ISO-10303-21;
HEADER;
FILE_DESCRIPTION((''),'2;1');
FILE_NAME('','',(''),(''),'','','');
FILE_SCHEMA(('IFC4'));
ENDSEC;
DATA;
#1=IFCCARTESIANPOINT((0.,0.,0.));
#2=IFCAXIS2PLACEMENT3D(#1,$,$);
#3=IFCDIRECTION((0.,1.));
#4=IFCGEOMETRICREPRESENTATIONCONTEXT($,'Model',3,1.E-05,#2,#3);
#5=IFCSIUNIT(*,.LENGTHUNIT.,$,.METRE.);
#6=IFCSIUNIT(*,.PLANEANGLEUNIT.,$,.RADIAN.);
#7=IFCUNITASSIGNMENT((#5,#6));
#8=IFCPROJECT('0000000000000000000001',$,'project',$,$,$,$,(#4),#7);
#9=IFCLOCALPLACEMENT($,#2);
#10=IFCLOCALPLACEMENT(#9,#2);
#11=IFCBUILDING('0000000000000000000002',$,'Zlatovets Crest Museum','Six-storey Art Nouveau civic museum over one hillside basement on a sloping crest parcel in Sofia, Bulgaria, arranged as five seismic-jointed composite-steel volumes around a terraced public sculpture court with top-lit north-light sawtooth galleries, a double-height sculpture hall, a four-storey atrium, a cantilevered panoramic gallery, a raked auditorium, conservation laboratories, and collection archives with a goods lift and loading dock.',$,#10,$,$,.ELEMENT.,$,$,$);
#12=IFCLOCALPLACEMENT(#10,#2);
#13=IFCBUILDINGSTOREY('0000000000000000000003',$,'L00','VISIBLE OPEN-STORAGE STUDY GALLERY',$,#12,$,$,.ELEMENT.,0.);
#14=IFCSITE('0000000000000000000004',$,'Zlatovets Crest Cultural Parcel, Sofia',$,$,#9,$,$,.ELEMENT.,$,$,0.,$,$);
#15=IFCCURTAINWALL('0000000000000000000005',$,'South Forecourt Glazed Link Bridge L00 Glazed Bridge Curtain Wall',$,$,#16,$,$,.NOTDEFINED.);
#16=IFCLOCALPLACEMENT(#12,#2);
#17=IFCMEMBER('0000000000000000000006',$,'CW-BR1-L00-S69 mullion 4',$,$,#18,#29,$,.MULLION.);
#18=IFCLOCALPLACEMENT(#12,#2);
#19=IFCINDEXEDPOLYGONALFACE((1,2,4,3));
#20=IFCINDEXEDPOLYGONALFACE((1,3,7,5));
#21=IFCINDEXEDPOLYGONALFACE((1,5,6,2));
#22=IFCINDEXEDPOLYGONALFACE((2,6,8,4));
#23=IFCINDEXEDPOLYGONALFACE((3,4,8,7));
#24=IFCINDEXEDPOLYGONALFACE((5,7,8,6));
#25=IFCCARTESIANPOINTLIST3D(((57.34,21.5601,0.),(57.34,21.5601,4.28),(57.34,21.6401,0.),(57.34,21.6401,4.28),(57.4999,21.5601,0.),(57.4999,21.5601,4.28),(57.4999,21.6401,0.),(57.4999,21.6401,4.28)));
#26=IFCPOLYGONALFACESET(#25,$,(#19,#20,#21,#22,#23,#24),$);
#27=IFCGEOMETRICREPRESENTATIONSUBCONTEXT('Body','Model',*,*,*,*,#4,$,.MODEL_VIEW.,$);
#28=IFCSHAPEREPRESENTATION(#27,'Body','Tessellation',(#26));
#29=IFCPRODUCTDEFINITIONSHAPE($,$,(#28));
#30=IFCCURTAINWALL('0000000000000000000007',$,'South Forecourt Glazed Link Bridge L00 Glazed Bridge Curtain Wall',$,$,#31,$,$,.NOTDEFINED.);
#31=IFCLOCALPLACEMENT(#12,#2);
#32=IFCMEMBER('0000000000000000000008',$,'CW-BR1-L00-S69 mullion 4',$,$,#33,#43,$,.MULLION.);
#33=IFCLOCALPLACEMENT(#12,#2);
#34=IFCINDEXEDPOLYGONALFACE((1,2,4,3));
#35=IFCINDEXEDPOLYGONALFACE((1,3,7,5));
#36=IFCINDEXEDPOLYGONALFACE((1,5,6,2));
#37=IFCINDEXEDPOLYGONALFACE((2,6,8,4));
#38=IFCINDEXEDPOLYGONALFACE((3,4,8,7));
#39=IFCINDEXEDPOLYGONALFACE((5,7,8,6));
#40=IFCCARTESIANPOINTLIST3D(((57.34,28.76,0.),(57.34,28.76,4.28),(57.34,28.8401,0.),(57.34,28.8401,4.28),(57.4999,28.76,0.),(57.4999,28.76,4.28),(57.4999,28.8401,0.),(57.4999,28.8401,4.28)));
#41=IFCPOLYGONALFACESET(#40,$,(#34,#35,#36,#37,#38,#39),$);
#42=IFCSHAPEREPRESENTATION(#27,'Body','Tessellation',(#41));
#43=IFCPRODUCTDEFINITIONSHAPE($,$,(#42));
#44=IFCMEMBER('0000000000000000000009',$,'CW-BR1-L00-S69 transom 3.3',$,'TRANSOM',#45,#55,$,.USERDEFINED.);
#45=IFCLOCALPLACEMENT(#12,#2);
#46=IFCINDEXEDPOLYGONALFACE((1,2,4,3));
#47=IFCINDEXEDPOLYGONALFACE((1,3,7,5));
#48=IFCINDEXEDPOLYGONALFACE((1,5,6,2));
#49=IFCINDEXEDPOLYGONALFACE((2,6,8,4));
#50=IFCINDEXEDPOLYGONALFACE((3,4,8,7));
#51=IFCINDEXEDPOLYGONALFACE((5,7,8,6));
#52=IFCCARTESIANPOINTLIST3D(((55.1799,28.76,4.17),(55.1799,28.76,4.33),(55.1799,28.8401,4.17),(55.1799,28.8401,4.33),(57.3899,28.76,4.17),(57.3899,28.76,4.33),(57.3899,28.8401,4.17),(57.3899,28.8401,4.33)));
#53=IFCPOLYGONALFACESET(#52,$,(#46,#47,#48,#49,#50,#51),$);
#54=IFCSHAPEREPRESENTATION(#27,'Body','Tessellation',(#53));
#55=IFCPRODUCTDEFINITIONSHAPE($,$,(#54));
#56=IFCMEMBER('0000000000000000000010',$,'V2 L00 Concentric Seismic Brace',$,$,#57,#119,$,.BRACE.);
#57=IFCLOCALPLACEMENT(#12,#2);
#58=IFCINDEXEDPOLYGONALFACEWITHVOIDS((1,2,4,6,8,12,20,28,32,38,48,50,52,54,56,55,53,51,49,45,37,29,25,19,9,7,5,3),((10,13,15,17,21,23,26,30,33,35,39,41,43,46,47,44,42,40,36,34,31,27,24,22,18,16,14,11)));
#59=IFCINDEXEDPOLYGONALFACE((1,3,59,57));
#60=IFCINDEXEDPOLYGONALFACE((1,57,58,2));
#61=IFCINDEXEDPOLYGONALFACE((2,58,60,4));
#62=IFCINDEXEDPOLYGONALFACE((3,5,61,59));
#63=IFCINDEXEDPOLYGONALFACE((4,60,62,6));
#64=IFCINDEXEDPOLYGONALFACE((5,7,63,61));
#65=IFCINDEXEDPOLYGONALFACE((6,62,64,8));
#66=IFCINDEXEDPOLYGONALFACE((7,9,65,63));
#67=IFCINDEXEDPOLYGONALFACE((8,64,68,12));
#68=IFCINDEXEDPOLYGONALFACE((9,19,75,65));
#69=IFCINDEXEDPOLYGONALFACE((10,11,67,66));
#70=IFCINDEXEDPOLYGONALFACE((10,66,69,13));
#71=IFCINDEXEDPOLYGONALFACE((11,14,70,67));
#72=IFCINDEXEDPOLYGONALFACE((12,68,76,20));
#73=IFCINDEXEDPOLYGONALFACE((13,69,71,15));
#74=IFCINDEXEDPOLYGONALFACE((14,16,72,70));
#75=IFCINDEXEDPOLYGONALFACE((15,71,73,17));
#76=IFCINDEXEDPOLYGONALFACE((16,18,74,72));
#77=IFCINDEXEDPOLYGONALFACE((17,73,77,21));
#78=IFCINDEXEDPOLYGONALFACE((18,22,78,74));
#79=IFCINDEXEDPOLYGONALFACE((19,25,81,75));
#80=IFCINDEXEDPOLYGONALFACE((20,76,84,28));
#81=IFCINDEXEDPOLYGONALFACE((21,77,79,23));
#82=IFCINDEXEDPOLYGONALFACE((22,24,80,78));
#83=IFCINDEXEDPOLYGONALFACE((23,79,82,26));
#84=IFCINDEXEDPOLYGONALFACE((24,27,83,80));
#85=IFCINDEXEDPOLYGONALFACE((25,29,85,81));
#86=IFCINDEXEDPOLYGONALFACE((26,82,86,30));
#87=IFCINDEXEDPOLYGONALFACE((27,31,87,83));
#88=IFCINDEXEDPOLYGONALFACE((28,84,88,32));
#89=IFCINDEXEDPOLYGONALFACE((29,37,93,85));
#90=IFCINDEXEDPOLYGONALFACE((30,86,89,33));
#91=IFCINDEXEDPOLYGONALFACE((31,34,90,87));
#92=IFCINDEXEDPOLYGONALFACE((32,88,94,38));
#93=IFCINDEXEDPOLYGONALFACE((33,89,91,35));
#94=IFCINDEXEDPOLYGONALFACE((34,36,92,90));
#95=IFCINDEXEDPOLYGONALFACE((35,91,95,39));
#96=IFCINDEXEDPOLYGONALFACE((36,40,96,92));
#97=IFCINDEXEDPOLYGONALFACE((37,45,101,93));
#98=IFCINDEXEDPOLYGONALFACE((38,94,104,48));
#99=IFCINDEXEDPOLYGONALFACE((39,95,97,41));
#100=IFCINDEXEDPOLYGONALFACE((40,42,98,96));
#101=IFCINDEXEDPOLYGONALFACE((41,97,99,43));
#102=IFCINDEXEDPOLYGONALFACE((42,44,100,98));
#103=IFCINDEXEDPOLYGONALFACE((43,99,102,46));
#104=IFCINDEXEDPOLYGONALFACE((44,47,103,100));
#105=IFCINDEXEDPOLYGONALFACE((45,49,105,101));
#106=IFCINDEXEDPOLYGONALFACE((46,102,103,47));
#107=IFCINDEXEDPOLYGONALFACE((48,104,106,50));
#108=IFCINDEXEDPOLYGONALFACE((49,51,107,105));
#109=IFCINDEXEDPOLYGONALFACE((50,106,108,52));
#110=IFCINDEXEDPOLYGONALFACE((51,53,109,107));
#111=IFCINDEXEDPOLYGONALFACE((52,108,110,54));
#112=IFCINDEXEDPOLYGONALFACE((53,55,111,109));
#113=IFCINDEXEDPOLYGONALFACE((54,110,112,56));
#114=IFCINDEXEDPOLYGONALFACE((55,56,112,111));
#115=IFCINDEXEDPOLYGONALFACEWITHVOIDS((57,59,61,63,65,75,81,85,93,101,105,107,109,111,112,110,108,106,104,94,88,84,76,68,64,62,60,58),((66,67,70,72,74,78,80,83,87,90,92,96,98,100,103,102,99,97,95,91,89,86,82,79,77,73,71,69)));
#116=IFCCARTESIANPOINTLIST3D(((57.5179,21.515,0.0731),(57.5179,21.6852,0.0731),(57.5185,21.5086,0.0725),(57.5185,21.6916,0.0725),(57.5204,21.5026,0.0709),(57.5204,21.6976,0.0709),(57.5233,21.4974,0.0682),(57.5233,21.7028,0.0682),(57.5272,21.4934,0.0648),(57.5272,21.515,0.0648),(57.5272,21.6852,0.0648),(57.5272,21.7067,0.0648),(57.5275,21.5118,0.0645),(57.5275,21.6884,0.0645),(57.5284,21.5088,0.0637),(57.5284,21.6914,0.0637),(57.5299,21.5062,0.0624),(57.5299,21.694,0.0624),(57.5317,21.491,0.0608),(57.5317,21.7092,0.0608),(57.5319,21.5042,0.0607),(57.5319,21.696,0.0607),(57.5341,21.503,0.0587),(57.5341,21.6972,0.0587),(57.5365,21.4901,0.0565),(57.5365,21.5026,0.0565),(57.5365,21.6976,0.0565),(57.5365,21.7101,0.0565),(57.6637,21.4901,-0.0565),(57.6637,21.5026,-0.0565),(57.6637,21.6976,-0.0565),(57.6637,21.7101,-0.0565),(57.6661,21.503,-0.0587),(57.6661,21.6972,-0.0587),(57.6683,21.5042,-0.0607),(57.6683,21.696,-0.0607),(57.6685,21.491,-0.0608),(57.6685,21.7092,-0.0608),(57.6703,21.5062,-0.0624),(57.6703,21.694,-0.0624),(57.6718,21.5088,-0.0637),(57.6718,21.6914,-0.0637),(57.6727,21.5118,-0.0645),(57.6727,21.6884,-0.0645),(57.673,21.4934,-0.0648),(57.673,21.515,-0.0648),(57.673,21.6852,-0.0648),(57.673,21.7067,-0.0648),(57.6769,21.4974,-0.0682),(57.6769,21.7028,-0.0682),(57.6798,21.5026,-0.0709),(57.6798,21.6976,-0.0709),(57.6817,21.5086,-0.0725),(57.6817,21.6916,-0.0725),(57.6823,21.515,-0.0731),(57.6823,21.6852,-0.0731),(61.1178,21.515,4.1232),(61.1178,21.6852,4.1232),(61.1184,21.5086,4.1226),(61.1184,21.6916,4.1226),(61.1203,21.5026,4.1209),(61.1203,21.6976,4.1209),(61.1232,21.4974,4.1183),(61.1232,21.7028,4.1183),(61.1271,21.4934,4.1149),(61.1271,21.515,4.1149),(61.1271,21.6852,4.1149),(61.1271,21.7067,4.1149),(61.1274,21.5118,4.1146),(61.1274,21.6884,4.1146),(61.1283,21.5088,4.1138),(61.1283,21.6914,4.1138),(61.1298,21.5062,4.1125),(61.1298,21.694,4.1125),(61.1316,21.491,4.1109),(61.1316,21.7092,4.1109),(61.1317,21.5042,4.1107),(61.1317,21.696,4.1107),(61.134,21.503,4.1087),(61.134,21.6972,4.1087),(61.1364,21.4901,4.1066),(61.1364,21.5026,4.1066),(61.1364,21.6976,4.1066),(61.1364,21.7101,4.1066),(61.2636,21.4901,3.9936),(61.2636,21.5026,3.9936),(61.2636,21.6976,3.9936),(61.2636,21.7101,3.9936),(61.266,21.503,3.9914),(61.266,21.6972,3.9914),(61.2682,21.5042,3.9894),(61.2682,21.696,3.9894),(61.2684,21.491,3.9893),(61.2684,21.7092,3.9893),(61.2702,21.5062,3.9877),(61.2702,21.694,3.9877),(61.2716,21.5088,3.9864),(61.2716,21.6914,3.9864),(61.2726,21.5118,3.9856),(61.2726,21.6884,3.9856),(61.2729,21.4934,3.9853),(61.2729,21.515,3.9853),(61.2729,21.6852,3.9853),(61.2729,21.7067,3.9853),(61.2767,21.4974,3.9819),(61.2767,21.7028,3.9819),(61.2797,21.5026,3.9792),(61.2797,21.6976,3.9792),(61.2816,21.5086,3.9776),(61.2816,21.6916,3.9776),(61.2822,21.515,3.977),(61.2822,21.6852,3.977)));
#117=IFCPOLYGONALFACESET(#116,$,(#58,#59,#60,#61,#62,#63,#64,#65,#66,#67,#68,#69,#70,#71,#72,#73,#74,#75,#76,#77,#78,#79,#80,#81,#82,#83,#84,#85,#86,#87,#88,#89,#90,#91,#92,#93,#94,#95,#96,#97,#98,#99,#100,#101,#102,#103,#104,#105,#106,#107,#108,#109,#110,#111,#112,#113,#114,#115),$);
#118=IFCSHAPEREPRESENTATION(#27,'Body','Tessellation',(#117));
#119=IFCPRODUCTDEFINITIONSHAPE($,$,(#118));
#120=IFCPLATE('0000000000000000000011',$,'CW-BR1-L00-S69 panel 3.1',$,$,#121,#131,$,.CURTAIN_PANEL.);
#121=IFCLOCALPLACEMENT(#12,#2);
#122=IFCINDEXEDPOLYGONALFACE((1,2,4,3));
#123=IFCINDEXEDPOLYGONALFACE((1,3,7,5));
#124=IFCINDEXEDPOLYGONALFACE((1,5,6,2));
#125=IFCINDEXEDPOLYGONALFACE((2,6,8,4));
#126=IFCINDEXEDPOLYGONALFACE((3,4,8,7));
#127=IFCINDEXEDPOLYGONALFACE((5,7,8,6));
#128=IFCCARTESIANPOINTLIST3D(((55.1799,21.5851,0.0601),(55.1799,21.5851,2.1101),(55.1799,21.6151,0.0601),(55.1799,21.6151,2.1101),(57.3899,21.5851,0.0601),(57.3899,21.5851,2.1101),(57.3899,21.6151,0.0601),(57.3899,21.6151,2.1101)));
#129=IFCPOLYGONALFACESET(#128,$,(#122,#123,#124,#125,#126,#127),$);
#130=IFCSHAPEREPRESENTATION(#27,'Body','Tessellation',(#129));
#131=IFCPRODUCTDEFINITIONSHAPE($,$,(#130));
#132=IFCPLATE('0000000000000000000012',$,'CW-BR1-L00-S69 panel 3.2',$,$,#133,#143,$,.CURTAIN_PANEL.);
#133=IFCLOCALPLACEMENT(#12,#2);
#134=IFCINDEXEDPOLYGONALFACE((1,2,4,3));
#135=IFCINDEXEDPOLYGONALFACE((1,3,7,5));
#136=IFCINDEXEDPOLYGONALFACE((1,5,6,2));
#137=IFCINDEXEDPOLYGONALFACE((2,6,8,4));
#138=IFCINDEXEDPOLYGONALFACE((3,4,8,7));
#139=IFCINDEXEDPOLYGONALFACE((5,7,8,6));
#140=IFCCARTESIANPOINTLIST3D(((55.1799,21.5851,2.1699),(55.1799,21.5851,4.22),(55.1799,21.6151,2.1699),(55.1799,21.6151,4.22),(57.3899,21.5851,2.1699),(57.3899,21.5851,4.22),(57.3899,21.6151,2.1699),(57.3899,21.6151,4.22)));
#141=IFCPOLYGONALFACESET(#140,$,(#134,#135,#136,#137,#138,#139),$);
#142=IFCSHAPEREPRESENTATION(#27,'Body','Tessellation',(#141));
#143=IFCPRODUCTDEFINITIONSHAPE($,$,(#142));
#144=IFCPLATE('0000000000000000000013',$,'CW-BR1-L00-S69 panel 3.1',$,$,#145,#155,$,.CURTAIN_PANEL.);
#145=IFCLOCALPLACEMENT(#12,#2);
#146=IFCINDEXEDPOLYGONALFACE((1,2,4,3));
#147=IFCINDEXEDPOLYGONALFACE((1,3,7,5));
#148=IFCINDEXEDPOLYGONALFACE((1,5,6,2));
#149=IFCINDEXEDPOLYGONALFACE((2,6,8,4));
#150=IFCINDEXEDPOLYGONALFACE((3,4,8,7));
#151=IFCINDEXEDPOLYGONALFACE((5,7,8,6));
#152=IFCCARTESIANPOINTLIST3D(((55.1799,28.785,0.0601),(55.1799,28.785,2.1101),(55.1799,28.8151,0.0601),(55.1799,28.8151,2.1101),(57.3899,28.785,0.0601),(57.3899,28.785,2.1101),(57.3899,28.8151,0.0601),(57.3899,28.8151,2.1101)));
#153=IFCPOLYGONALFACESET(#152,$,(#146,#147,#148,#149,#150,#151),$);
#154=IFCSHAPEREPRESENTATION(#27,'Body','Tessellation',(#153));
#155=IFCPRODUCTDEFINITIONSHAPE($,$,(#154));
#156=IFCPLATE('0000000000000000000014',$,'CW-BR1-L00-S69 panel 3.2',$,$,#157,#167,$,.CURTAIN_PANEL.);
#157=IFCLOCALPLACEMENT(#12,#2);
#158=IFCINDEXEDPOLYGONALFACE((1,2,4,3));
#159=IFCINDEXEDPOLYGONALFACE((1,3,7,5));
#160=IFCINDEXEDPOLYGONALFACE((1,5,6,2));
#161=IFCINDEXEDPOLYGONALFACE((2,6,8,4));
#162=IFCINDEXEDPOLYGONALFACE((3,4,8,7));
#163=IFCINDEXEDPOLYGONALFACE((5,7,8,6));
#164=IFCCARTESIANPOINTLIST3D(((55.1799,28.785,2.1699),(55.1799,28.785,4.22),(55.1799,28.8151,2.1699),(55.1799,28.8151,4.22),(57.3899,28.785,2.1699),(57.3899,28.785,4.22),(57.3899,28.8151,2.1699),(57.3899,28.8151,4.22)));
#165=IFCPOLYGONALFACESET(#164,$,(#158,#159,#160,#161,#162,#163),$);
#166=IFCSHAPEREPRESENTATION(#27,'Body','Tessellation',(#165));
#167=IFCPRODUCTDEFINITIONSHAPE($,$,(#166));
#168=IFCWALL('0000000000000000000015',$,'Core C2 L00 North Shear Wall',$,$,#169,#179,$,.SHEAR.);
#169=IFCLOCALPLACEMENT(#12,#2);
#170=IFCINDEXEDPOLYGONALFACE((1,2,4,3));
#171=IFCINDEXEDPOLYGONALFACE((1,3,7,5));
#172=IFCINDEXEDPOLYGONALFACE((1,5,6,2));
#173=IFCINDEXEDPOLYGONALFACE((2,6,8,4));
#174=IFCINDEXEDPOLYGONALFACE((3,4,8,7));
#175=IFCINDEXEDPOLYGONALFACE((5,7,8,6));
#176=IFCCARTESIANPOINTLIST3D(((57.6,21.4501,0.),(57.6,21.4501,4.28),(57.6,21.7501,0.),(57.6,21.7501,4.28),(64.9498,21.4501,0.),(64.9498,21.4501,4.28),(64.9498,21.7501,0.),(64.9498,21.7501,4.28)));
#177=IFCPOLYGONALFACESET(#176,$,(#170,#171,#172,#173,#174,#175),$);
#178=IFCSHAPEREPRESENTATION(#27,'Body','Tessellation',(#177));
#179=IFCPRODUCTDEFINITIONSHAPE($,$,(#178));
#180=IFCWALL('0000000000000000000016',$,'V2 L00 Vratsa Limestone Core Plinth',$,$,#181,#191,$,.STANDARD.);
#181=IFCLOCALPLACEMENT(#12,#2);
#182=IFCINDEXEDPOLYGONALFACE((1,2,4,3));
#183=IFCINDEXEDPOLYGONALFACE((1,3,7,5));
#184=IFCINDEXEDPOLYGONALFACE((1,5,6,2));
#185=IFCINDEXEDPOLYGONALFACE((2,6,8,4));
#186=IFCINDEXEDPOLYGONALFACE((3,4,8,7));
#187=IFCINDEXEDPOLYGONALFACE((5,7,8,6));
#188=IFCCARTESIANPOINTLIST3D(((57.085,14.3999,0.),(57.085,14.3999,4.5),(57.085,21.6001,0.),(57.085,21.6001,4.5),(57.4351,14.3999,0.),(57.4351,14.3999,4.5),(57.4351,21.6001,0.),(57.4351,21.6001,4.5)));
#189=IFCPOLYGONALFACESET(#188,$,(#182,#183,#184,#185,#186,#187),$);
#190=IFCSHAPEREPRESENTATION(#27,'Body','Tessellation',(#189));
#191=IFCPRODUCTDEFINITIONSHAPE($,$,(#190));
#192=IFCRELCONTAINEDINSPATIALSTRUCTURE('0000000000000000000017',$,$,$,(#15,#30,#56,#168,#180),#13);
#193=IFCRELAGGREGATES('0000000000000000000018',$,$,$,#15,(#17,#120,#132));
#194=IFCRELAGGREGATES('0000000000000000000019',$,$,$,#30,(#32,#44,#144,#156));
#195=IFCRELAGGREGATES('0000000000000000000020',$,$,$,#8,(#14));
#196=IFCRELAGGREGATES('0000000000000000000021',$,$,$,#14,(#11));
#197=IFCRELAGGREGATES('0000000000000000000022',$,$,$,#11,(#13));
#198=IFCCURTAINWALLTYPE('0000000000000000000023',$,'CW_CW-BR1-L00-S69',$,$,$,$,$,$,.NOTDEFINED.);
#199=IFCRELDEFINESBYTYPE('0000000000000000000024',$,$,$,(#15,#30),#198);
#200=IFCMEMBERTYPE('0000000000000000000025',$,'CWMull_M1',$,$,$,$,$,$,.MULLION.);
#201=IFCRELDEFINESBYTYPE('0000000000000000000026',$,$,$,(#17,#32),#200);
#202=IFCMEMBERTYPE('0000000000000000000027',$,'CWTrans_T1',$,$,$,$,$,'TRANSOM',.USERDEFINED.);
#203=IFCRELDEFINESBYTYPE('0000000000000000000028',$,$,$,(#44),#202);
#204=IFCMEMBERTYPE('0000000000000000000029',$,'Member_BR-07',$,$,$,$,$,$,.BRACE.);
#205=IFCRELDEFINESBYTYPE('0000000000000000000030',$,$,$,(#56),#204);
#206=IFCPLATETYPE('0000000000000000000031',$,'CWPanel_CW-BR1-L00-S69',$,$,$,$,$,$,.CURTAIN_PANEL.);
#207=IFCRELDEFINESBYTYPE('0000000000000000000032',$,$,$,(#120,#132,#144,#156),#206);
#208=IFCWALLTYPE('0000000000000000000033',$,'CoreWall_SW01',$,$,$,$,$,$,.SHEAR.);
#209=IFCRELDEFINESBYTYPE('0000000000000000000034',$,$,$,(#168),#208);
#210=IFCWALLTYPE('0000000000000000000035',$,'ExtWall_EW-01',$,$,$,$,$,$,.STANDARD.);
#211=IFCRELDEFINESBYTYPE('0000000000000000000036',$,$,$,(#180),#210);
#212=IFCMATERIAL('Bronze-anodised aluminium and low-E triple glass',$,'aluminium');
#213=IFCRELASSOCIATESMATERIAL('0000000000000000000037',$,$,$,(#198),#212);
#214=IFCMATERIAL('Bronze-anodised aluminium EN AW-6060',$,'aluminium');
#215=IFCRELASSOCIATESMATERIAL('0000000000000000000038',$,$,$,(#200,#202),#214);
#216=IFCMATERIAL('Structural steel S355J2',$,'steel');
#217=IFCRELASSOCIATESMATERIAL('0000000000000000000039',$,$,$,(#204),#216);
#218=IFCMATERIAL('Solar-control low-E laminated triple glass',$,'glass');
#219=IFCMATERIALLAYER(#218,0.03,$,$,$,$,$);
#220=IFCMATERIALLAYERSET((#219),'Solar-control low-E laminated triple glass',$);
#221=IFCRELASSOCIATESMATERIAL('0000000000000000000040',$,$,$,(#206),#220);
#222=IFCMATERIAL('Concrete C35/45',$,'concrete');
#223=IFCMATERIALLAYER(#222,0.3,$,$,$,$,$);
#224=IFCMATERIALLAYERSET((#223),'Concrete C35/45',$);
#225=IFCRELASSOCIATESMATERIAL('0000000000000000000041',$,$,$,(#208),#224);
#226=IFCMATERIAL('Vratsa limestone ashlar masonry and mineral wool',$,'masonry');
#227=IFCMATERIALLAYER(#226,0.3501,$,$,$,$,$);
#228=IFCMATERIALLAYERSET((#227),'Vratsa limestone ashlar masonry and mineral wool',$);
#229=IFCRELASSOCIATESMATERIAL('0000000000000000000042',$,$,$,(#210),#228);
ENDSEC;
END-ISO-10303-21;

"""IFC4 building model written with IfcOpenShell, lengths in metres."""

from ifc_helpers import new_model, si_unit, direction, frame, frame_2d, origin, origin_2d, place, context, subcontext, project, spatial, rectangle, hollow_rectangle, extrude, material, layer, layer_set, material_profile, profile_set, type_object, element, aggregate, save


model = new_model("IFC4")

# Units and contexts
model_context = context("Model", 3, precision=1e-05, world=origin(), true_north=direction((0.0, 1.0)))
body_context = subcontext(model_context, "Body", "Model", "MODEL_VIEW")
ifc_project = project(units=[si_unit("LENGTHUNIT", "METRE"), si_unit("PLANEANGLEUNIT", "RADIAN")], contexts=[model_context])

# Site, building, storey
site_placement = place(None, origin())
site = spatial("IfcSite", under=ifc_project, at=site_placement, Name="Zlatovets Crest Cultural Parcel, Sofia", CompositionType="ELEMENT", RefElevation=0.0)
building_placement = place(site_placement, origin())
building = spatial("IfcBuilding", under=site, at=building_placement, Name="Zlatovets Crest Museum", Description="Six-storey Art Nouveau civic museum over one hillside basement on a sloping crest parcel in Sofia, Bulgaria, arranged as five seismic-jointed composite-steel volumes around a terraced public sculpture court with top-lit north-light sawtooth galleries, a double-height sculpture hall, a four-storey atrium, a cantilevered panoramic gallery, a raked auditorium, conservation laboratories, and collection archives with a goods lift and loading dock.", CompositionType="ELEMENT")
storey_placement = place(building_placement, origin())
storey = spatial("IfcBuildingStorey", under=building, at=storey_placement, Name="L00", Description="VISIBLE OPEN-STORAGE STUDY GALLERY", CompositionType="ELEMENT", Elevation=0.0)

# Shared definitions
ifc_material_1 = material(Name="Structural steel S355J2", Category="steel")

# Curtain wall, member
ifc_material_2 = material(Name="Bronze-anodised aluminium and low-E triple glass", Category="aluminium")
curtain_wall_type = type_object("IfcCurtainWallType", Name="CW_CW-BR1-L00-S69", PredefinedType="NOTDEFINED", material=ifc_material_2)
curtain_wall_1_placement = place(storey_placement, origin())
curtain_wall_1 = element("IfcCurtainWall", 1, at=curtain_wall_1_placement, inside=storey, type_object=curtain_wall_type, Name="South Forecourt Glazed Link Bridge L00 Glazed Bridge Curtain Wall", PredefinedType="NOTDEFINED")
ifc_material_3 = material(Name="Bronze-anodised aluminium EN AW-6060", Category="aluminium")
ifc_material_profile_1 = material_profile(ifc_material_3, rectangle(XDim=0.0801, YDim=0.1599, at=origin_2d()), Name="ALU 80x160")
ifc_profile_set_1 = profile_set([ifc_material_profile_1], Name="Bronze-anodised aluminium EN AW-6060")
member_type_1 = type_object("IfcMemberType", Name="CWMull_M1", PredefinedType="MULLION", material=ifc_profile_set_1)
member_1_placement = place(storey_placement, frame((57.4199, 21.6001, 0.0), z_axis=(0.0, 0.0, 1.0), x_axis=(0.0, 1.0, 0.0)))
member_1 = element("IfcMember", 2, at=member_1_placement, type_object=member_type_1, Name="CW-BR1-L00-S69 mullion 4", PredefinedType="MULLION", context=body_context, shape_type="SweptSolid", body=[
    extrude(rectangle(XDim=0.0801, YDim=0.1599, at=origin_2d()), origin(), (0.0, 0.0, 1.0), 4.28),
])

# Curtain wall, members
curtain_wall_2_placement = place(storey_placement, origin())
curtain_wall_2 = element("IfcCurtainWall", 3, at=curtain_wall_2_placement, inside=storey, type_object=curtain_wall_type, Name="South Forecourt Glazed Link Bridge L00 Glazed Bridge Curtain Wall", PredefinedType="NOTDEFINED")
member_2_placement = place(storey_placement, frame((57.4199, 28.8, 0.0), z_axis=(0.0, 0.0, 1.0), x_axis=(0.0, 1.0, 0.0)))
member_2 = element("IfcMember", 4, at=member_2_placement, type_object=member_type_1, Name="CW-BR1-L00-S69 mullion 4", PredefinedType="MULLION", context=body_context, shape_type="SweptSolid", body=[
    extrude(rectangle(XDim=0.0801, YDim=0.1599, at=origin_2d()), origin(), (0.0, 0.0, 1.0), 4.28),
])
ifc_material_profile_2 = material_profile(ifc_material_3, rectangle(XDim=0.0801, YDim=0.1599, at=origin_2d()), Name="ALU 80x160")
ifc_profile_set_2 = profile_set([ifc_material_profile_2], Name="Bronze-anodised aluminium EN AW-6060")
member_type_2 = type_object("IfcMemberType", Name="CWTrans_T1", ElementType="TRANSOM", PredefinedType="USERDEFINED", material=ifc_profile_set_2)
member_3_placement = place(storey_placement, frame((55.1799, 28.8, 4.25), z_axis=(1.0, 0.0, 0.0), x_axis=(0.0, 1.0, 0.0)))
member_3 = element("IfcMember", 5, at=member_3_placement, type_object=member_type_2, Name="CW-BR1-L00-S69 transom 3.3", ObjectType="TRANSOM", PredefinedType="USERDEFINED", context=body_context, shape_type="SweptSolid", body=[
    extrude(rectangle(XDim=0.0801, YDim=0.1599, at=origin_2d()), origin(), (0.0, 0.0, 1.0), 2.21),
])

# Member
ifc_material_profile_3 = material_profile(ifc_material_1, hollow_rectangle(XDim=0.22, YDim=0.22, WallThickness=0.0125, InnerFilletRadius=0.0125, OuterFilletRadius=0.0249, at=origin_2d()), Name="SHS 220x220x12.5")
ifc_profile_set_3 = profile_set([ifc_material_profile_3], Name="Structural steel S355J2")
member_type_3 = type_object("IfcMemberType", Name="Member_BR-07", PredefinedType="BRACE", material=ifc_profile_set_3)
member_4_placement = place(storey_placement, frame((57.6001, 21.6001, 0.0), z_axis=(0.664344, 0.0, 0.747427), x_axis=(0.0, 1.0, 0.0)))
element("IfcMember", 6, at=member_4_placement, inside=storey, type_object=member_type_3, Name="V2 L00 Concentric Seismic Brace", PredefinedType="BRACE", context=body_context, shape_type="SweptSolid", body=[
    extrude(hollow_rectangle(XDim=0.22, YDim=0.22, WallThickness=0.0125, InnerFilletRadius=0.0125, OuterFilletRadius=0.0249, at=origin_2d()), origin(), (0.0, 0.0, 1.0), 5.4187),
])

# Plates
ifc_material_4 = material(Name="Solar-control low-E laminated triple glass", Category="glass")
ifc_layer_1 = layer(ifc_material_4, 0.03)
ifc_layer_set_1 = layer_set([ifc_layer_1], Name="Solar-control low-E laminated triple glass")
plate_type = type_object("IfcPlateType", Name="CWPanel_CW-BR1-L00-S69", PredefinedType="CURTAIN_PANEL", material=ifc_layer_set_1)
plate_1_placement = place(storey_placement, frame((56.2849, 21.6001, 0.0601), z_axis=(0.0, 0.0, 1.0), x_axis=(1.0, 0.0, 0.0)))
plate_1 = element("IfcPlate", 7, at=plate_1_placement, type_object=plate_type, Name="CW-BR1-L00-S69 panel 3.1", PredefinedType="CURTAIN_PANEL", context=body_context, shape_type="SweptSolid", body=[
    extrude(rectangle(XDim=2.21, YDim=0.03, at=origin_2d()), origin(), (0.0, 0.0, 1.0), 2.05),
])
plate_2_placement = place(storey_placement, frame((56.2849, 21.6001, 2.1699), z_axis=(0.0, 0.0, 1.0), x_axis=(1.0, 0.0, 0.0)))
plate_2 = element("IfcPlate", 8, at=plate_2_placement, type_object=plate_type, Name="CW-BR1-L00-S69 panel 3.2", PredefinedType="CURTAIN_PANEL", context=body_context, shape_type="SweptSolid", body=[
    extrude(rectangle(XDim=2.21, YDim=0.03, at=origin_2d()), origin(), (0.0, 0.0, 1.0), 2.05),
])
aggregate(curtain_wall_1, [member_1, plate_1, plate_2])
plate_3_placement = place(storey_placement, frame((56.2849, 28.8, 0.0601), z_axis=(0.0, 0.0, 1.0), x_axis=(1.0, 0.0, 0.0)))
plate_3 = element("IfcPlate", 9, at=plate_3_placement, type_object=plate_type, Name="CW-BR1-L00-S69 panel 3.1", PredefinedType="CURTAIN_PANEL", context=body_context, shape_type="SweptSolid", body=[
    extrude(rectangle(XDim=2.21, YDim=0.03, at=origin_2d()), origin(), (0.0, 0.0, 1.0), 2.05),
])
plate_4_placement = place(storey_placement, frame((56.2849, 28.8, 2.1699), z_axis=(0.0, 0.0, 1.0), x_axis=(1.0, 0.0, 0.0)))
plate_4 = element("IfcPlate", 10, at=plate_4_placement, type_object=plate_type, Name="CW-BR1-L00-S69 panel 3.2", PredefinedType="CURTAIN_PANEL", context=body_context, shape_type="SweptSolid", body=[
    extrude(rectangle(XDim=2.21, YDim=0.03, at=origin_2d()), origin(), (0.0, 0.0, 1.0), 2.05),
])
aggregate(curtain_wall_2, [member_2, member_3, plate_3, plate_4])

# Walls
ifc_material_5 = material(Name="Concrete C35/45", Category="concrete")
ifc_layer_2 = layer(ifc_material_5, 0.3)
ifc_layer_set_2 = layer_set([ifc_layer_2], Name="Concrete C35/45")
wall_type_1 = type_object("IfcWallType", Name="CoreWall_SW01", PredefinedType="SHEAR", material=ifc_layer_set_2)
wall_1_placement = place(storey_placement, frame((57.6001, 21.6001, 0.0), z_axis=(0.0, 0.0, 1.0), x_axis=(1.0, 0.0, 0.0)))
element("IfcWall", 11, at=wall_1_placement, inside=storey, type_object=wall_type_1, Name="Core C2 L00 North Shear Wall", PredefinedType="SHEAR", context=body_context, shape_type="SweptSolid", body=[
    extrude(rectangle(XDim=7.3499, YDim=0.3, at=frame_2d((3.6748, 0.0))), origin(), (0.0, 0.0, 1.0), 4.28),
])
ifc_material_6 = material(Name="Vratsa limestone ashlar masonry and mineral wool", Category="masonry")
ifc_layer_3 = layer(ifc_material_6, 0.3501)
ifc_layer_set_3 = layer_set([ifc_layer_3], Name="Vratsa limestone ashlar masonry and mineral wool")
wall_type_2 = type_object("IfcWallType", Name="ExtWall_EW-01", PredefinedType="STANDARD", material=ifc_layer_set_3)
wall_2_placement = place(storey_placement, frame((57.26, 21.6001, 0.0), z_axis=(0.0, 0.0, 1.0), x_axis=(0.0, -1.0, 0.0)))
element("IfcWall", 12, at=wall_2_placement, inside=storey, type_object=wall_type_2, Name="V2 L00 Vratsa Limestone Core Plinth", PredefinedType="STANDARD", context=body_context, shape_type="SweptSolid", body=[
    extrude(rectangle(XDim=7.2002, YDim=0.3501, at=frame_2d((3.6001, 0.0))), origin(), (0.0, 0.0, 1.0), 4.5),
])

save(model, "model.ifc")
